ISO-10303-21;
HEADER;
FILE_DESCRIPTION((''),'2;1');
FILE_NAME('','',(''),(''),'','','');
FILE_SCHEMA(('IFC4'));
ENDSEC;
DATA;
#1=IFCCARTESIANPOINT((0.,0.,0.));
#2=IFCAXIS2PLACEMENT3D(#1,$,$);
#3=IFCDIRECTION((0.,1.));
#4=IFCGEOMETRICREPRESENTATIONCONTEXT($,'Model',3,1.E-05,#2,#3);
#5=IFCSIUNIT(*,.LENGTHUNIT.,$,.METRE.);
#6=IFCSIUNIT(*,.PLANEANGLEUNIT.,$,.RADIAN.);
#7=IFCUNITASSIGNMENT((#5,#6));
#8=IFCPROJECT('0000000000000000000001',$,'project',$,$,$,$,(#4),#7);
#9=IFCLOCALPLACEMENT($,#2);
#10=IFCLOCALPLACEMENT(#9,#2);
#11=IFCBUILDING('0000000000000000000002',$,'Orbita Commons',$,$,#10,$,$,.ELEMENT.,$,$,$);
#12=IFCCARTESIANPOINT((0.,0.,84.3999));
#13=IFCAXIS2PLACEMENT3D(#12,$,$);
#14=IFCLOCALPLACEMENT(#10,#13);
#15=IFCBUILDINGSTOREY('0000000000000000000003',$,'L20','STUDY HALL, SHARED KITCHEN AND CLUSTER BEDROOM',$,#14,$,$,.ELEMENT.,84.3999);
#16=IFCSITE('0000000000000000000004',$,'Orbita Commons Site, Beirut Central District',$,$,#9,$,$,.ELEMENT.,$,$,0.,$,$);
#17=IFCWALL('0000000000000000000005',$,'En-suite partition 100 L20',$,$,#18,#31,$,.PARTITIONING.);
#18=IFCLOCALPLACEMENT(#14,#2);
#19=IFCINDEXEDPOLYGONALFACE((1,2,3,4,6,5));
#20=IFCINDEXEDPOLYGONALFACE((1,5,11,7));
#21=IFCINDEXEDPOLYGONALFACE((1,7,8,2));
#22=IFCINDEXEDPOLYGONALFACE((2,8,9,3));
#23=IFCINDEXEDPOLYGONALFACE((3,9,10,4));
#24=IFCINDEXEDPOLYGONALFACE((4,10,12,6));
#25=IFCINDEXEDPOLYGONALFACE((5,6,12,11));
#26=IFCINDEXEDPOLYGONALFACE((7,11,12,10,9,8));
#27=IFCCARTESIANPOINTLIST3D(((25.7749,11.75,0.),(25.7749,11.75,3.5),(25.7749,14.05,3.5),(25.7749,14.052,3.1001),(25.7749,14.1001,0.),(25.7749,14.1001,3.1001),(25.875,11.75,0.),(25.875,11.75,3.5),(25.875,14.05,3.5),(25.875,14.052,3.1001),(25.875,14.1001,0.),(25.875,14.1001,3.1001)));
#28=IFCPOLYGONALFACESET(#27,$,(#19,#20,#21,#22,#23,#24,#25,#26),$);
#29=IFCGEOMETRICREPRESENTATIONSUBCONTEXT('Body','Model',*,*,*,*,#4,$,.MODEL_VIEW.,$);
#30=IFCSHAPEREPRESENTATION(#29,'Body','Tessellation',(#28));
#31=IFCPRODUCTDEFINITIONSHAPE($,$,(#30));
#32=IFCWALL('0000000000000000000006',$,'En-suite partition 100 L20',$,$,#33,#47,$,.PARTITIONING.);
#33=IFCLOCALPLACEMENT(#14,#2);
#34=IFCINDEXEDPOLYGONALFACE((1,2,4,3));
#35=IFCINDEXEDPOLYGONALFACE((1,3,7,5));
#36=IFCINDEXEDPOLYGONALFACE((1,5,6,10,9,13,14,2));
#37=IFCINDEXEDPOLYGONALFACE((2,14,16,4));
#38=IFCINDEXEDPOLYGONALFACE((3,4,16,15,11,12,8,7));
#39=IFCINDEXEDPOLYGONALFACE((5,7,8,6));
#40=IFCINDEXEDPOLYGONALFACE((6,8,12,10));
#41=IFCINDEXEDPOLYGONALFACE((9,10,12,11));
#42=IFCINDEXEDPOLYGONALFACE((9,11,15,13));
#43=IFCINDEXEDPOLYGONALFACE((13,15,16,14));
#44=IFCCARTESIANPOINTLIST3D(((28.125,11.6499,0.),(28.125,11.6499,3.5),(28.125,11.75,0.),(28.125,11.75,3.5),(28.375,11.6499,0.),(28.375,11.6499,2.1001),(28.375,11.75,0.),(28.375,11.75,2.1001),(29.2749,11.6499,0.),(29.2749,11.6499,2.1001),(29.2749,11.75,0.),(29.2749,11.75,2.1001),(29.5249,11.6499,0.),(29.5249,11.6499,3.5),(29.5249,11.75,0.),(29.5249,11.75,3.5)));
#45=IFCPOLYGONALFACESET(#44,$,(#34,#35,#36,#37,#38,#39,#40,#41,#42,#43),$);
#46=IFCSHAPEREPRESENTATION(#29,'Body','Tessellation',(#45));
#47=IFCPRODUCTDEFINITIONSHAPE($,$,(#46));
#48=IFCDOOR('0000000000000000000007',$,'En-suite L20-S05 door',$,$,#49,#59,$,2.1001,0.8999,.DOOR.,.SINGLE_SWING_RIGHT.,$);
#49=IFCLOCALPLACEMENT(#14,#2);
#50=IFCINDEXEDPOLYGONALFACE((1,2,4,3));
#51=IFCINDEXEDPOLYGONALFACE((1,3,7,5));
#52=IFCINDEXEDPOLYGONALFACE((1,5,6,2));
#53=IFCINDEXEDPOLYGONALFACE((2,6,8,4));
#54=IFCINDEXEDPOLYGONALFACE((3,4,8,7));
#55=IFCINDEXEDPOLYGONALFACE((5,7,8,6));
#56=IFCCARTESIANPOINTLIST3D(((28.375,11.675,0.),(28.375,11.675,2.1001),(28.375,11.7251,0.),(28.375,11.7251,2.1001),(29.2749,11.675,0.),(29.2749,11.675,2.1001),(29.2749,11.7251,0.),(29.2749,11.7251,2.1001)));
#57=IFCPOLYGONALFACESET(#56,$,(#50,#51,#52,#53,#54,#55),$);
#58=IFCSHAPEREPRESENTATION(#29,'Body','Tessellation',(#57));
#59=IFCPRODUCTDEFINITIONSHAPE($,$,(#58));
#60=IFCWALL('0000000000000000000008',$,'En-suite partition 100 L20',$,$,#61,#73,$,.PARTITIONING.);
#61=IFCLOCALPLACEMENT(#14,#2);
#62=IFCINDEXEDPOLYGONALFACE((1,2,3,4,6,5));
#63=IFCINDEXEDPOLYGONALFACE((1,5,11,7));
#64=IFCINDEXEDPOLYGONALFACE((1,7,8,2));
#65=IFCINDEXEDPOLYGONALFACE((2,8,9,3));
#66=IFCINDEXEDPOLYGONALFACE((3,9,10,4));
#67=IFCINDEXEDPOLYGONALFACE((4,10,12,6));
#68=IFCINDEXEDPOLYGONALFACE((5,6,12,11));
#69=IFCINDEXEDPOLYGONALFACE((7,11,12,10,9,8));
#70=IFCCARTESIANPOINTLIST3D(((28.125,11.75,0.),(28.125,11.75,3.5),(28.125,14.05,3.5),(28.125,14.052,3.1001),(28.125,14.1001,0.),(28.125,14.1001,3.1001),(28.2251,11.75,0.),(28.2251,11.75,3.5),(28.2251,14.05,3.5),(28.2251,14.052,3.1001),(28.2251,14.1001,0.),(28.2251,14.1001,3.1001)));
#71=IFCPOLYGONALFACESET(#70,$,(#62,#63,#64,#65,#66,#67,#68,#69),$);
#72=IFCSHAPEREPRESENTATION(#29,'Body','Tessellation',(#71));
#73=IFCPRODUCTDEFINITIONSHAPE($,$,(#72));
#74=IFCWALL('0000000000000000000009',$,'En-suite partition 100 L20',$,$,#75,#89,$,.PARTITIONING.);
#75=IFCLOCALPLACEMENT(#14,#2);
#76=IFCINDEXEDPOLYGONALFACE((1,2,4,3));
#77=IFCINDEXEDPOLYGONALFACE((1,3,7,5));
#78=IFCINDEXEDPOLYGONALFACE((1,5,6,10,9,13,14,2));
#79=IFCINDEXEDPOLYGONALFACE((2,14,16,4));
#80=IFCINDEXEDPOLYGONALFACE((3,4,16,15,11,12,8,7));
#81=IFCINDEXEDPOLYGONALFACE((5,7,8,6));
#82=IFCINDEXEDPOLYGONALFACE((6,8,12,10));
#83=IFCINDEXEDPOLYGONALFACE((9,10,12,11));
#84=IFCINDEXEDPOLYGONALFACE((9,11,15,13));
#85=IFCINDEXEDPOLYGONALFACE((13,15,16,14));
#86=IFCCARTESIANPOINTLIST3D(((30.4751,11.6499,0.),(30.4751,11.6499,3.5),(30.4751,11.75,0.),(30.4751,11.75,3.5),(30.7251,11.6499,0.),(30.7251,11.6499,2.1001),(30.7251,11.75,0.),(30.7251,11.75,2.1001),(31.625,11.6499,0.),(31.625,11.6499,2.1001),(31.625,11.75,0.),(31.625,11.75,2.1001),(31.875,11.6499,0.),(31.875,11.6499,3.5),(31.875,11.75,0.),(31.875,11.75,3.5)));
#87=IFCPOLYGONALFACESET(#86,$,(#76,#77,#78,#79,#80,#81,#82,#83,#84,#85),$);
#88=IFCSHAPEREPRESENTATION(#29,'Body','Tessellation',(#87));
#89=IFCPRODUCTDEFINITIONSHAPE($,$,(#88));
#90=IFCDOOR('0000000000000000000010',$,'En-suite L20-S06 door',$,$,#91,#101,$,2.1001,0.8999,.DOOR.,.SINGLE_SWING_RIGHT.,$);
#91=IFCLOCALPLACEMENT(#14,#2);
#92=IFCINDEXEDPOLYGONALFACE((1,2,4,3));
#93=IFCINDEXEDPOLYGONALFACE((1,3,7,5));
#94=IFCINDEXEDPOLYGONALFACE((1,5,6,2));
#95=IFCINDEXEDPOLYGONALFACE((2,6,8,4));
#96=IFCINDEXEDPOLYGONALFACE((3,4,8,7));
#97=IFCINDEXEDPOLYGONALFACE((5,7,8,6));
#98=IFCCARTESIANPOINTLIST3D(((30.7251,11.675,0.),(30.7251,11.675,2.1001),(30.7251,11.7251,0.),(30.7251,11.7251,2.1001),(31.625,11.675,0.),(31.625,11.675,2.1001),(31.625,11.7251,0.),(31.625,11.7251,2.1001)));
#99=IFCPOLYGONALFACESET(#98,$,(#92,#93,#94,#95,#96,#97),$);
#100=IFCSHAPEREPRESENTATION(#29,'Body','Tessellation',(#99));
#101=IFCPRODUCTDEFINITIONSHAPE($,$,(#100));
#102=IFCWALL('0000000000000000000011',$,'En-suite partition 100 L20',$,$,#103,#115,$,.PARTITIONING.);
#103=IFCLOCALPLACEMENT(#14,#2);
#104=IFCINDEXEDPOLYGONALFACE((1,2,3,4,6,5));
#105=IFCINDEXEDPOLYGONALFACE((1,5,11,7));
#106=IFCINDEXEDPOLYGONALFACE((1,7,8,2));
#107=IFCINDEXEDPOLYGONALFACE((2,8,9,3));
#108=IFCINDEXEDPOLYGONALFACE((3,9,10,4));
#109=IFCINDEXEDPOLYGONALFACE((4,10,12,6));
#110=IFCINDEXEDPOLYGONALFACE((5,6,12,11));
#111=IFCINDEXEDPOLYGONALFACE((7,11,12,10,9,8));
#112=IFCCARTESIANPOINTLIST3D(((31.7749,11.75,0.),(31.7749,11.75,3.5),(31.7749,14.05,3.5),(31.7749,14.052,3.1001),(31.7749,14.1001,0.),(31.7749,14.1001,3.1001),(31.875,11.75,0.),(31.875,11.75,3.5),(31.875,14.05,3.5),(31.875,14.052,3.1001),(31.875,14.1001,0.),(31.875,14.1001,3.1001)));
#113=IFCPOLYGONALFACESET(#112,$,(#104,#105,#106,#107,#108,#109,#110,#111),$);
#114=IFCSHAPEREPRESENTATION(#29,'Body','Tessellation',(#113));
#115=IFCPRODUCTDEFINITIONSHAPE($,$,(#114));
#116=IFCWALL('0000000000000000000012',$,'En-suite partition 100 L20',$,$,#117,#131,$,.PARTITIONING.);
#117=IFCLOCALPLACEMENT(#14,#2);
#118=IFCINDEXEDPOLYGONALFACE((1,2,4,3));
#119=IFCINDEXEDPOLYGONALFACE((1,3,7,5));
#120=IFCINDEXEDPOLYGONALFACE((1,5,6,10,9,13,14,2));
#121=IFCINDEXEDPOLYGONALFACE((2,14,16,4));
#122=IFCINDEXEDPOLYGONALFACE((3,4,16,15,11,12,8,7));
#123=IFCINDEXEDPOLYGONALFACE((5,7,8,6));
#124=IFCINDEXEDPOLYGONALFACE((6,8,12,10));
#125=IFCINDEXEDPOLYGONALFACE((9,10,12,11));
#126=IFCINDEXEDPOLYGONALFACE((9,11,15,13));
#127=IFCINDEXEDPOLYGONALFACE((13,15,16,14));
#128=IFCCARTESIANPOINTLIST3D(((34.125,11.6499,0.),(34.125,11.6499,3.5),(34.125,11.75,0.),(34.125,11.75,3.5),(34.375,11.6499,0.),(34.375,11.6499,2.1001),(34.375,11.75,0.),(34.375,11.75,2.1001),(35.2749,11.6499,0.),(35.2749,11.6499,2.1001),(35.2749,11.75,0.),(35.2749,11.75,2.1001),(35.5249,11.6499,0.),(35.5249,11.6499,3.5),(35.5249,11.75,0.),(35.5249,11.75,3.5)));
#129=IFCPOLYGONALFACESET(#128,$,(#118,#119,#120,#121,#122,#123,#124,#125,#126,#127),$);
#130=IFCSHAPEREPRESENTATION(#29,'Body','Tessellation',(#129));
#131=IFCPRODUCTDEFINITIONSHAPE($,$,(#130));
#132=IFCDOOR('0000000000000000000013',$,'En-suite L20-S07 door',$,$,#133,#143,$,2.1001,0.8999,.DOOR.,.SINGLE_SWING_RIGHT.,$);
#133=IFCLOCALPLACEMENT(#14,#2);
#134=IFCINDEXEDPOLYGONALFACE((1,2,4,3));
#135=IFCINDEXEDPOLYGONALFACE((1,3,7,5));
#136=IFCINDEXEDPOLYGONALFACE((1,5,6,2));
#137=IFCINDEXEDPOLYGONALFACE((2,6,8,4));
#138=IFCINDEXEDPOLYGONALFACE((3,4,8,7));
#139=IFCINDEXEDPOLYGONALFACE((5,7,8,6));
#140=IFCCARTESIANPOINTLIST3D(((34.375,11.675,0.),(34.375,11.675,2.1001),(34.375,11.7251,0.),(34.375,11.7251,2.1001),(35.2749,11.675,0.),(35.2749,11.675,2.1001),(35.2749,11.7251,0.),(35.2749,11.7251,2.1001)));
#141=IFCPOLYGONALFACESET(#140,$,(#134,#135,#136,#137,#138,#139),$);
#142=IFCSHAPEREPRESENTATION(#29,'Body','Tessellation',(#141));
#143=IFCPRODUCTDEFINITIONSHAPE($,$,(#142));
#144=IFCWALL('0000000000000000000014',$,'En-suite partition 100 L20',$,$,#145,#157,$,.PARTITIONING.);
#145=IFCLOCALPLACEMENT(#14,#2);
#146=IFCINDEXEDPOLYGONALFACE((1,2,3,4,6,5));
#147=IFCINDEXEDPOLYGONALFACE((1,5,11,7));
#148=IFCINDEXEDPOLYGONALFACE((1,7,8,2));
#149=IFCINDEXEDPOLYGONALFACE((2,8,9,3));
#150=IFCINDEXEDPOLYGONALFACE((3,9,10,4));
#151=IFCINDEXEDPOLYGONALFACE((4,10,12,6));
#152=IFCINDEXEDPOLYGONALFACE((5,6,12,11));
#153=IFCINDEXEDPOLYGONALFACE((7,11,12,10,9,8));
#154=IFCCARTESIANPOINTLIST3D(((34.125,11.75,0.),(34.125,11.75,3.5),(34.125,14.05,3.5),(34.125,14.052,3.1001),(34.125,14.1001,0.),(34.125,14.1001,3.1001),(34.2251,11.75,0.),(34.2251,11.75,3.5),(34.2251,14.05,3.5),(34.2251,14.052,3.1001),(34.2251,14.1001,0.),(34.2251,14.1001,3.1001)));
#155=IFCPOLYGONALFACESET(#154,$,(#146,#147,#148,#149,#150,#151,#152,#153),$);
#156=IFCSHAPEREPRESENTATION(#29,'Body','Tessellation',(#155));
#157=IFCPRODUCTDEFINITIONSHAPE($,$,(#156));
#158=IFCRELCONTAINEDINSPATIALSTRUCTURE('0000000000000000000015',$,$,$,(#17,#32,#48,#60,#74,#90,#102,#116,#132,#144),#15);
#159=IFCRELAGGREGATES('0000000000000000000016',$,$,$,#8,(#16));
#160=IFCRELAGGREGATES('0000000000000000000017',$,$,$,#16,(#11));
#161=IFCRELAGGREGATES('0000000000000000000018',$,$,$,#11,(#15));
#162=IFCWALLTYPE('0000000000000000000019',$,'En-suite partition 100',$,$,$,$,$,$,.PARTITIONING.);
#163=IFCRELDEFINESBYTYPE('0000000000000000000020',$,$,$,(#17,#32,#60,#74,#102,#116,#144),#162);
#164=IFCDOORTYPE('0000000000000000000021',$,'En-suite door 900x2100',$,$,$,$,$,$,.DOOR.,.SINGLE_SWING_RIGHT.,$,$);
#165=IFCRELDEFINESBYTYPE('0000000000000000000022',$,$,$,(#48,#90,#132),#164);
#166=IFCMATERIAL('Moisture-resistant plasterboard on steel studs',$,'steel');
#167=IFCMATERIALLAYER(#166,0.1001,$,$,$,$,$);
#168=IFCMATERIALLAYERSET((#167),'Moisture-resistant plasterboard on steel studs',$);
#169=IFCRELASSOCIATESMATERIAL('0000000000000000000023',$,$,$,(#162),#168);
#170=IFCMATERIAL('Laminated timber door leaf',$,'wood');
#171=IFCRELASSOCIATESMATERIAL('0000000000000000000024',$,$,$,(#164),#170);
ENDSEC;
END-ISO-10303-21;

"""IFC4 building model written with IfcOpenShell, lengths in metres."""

from ifc_helpers import new_model, si_unit, direction, frame, frame_2d, origin, place, context, subcontext, project, spatial, polyline, rectangle, outline, extrude, material, layer, layer_set, type_object, element, fill, save


model = new_model("IFC4")

# Units and contexts
model_context = context("Model", 3, precision=1e-05, world=origin(), true_north=direction((0.0, 1.0)))
body_context = subcontext(model_context, "Body", "Model", "MODEL_VIEW")
ifc_project = project(units=[si_unit("LENGTHUNIT", "METRE"), si_unit("PLANEANGLEUNIT", "RADIAN")], contexts=[model_context])

# Site, building, storey
site_placement = place(None, origin())
site = spatial("IfcSite", under=ifc_project, at=site_placement, Name="Orbita Commons Site, Beirut Central District", CompositionType="ELEMENT", RefElevation=0.0)
building_placement = place(site_placement, origin())
building = spatial("IfcBuilding", under=site, at=building_placement, Name="Orbita Commons", CompositionType="ELEMENT")
storey_placement = place(building_placement, frame((0.0, 0.0, 84.3999)))
storey = spatial("IfcBuildingStorey", under=building, at=storey_placement, Name="L20", Description="STUDY HALL, SHARED KITCHEN AND CLUSTER BEDROOM", CompositionType="ELEMENT", Elevation=84.3999)

# Shared definitions
ifc_material_1 = material(Name="Moisture-resistant plasterboard on steel studs", Category="steel")
ifc_layer = layer(ifc_material_1, 0.1001)
ifc_layer_set = layer_set([ifc_layer], Name="Moisture-resistant plasterboard on steel studs")
wall_type = type_object("IfcWallType", Name="En-suite partition 100", PredefinedType="PARTITIONING", material=ifc_layer_set)
ifc_material_2 = material(Name="Laminated timber door leaf", Category="wood")
door_type = type_object("IfcDoorType", Name="En-suite door 900x2100", OperationType="SINGLE_SWING_RIGHT", PredefinedType="DOOR", material=ifc_material_2)

# Wall
wall_1_placement = place(storey_placement, frame((25.825, 11.75, 0.0), z_axis=(0.0, 0.0, 1.0), x_axis=(0.0, 1.0, 0.0)))
element("IfcWall", 1, at=wall_1_placement, inside=storey, type_object=wall_type, Name="En-suite partition 100 L20", PredefinedType="PARTITIONING", context=body_context, shape_type="SweptSolid", body=[
    extrude(outline(polyline([(0.0, 0.0), (2.3501, 0.0), (2.3501, 3.1001), (2.302, 3.1001), (2.3, 3.5), (0.0, 3.5), (0.0, 0.0)])), frame((0.0, 0.05, 0.0), z_axis=(0.0, -1.0, 0.0), x_axis=(1.0, 0.0, 0.0)), (0.0, 0.0, 1.0), 0.1001),
])

# Wall, opening, door
wall_2_placement = place(storey_placement, frame((29.5249, 11.7, 0.0), z_axis=(0.0, 0.0, 1.0), x_axis=(-1.0, 0.0, 0.0)))
wall_2 = element("IfcWall", 2, at=wall_2_placement, inside=storey, type_object=wall_type, Name="En-suite partition 100 L20", PredefinedType="PARTITIONING", context=body_context, shape_type="SweptSolid", body=[
    extrude(rectangle(XDim=1.3999, YDim=0.1001, at=frame_2d((0.7, 0.0))), origin(), (0.0, 0.0, 1.0), 3.5),
])
opening_1_placement = place(wall_2_placement, frame((0.25, 0.0, 0.0)))
opening_1 = element("IfcOpeningElement", 3, at=opening_1_placement, cuts=wall_2, PredefinedType="OPENING", context=body_context, shape_type="SweptSolid", body=[
    extrude(rectangle(XDim=0.8999, YDim=2.1001, at=frame_2d((0.45, 1.05))), frame((0.0, 0.0601, 0.0), z_axis=(0.0, -1.0, 0.0), x_axis=(1.0, 0.0, 0.0)), (0.0, 0.0, 1.0), 0.1201),
])
door_1_placement = place(opening_1_placement, origin())
door_1 = element("IfcDoor", 4, at=door_1_placement, inside=storey, type_object=door_type, Name="En-suite L20-S05 door", OperationType="SINGLE_SWING_RIGHT", OverallHeight=2.1001, OverallWidth=0.8999, PredefinedType="DOOR", context=body_context, shape_type="SweptSolid", body=[
    extrude(rectangle(XDim=0.8999, YDim=2.1001, at=frame_2d((0.45, 1.05))), frame((0.0, 0.0249, 0.0), z_axis=(0.0, -1.0, 0.0), x_axis=(1.0, 0.0, 0.0)), (0.0, 0.0, 1.0), 0.05),
])
fill(opening_1, door_1)

# Wall
wall_3_placement = place(storey_placement, frame((28.175, 11.75, 0.0), z_axis=(0.0, 0.0, 1.0), x_axis=(0.0, 1.0, 0.0)))
element("IfcWall", 5, at=wall_3_placement, inside=storey, type_object=wall_type, Name="En-suite partition 100 L20", PredefinedType="PARTITIONING", context=body_context, shape_type="SweptSolid", body=[
    extrude(outline(polyline([(0.0, 0.0), (2.3501, 0.0), (2.3501, 3.1001), (2.302, 3.1001), (2.3, 3.5), (0.0, 3.5), (0.0, 0.0)])), frame((0.0, 0.05, 0.0), z_axis=(0.0, -1.0, 0.0), x_axis=(1.0, 0.0, 0.0)), (0.0, 0.0, 1.0), 0.1001),
])

# Wall, opening, door
wall_4_placement = place(storey_placement, frame((31.875, 11.7, 0.0), z_axis=(0.0, 0.0, 1.0), x_axis=(-1.0, 0.0, 0.0)))
wall_4 = element("IfcWall", 6, at=wall_4_placement, inside=storey, type_object=wall_type, Name="En-suite partition 100 L20", PredefinedType="PARTITIONING", context=body_context, shape_type="SweptSolid", body=[
    extrude(rectangle(XDim=1.3999, YDim=0.1001, at=frame_2d((0.7, 0.0))), origin(), (0.0, 0.0, 1.0), 3.5),
])
opening_2_placement = place(wall_4_placement, frame((0.25, 0.0, 0.0)))
opening_2 = element("IfcOpeningElement", 7, at=opening_2_placement, cuts=wall_4, PredefinedType="OPENING", context=body_context, shape_type="SweptSolid", body=[
    extrude(rectangle(XDim=0.8999, YDim=2.1001, at=frame_2d((0.45, 1.05))), frame((0.0, 0.0601, 0.0), z_axis=(0.0, -1.0, 0.0), x_axis=(1.0, 0.0, 0.0)), (0.0, 0.0, 1.0), 0.1201),
])
door_2_placement = place(opening_2_placement, origin())
door_2 = element("IfcDoor", 8, at=door_2_placement, inside=storey, type_object=door_type, Name="En-suite L20-S06 door", OperationType="SINGLE_SWING_RIGHT", OverallHeight=2.1001, OverallWidth=0.8999, PredefinedType="DOOR", context=body_context, shape_type="SweptSolid", body=[
    extrude(rectangle(XDim=0.8999, YDim=2.1001, at=frame_2d((0.45, 1.05))), frame((0.0, 0.0249, 0.0), z_axis=(0.0, -1.0, 0.0), x_axis=(1.0, 0.0, 0.0)), (0.0, 0.0, 1.0), 0.05),
])
fill(opening_2, door_2)

# Wall
wall_5_placement = place(storey_placement, frame((31.825, 11.75, 0.0), z_axis=(0.0, 0.0, 1.0), x_axis=(0.0, 1.0, 0.0)))
element("IfcWall", 9, at=wall_5_placement, inside=storey, type_object=wall_type, Name="En-suite partition 100 L20", PredefinedType="PARTITIONING", context=body_context, shape_type="SweptSolid", body=[
    extrude(outline(polyline([(0.0, 0.0), (2.3501, 0.0), (2.3501, 3.1001), (2.302, 3.1001), (2.3, 3.5), (0.0, 3.5), (0.0, 0.0)])), frame((0.0, 0.05, 0.0), z_axis=(0.0, -1.0, 0.0), x_axis=(1.0, 0.0, 0.0)), (0.0, 0.0, 1.0), 0.1001),
])

# Wall, opening, door
wall_6_placement = place(storey_placement, frame((35.5249, 11.7, 0.0), z_axis=(0.0, 0.0, 1.0), x_axis=(-1.0, 0.0, 0.0)))
wall_6 = element("IfcWall", 10, at=wall_6_placement, inside=storey, type_object=wall_type, Name="En-suite partition 100 L20", PredefinedType="PARTITIONING", context=body_context, shape_type="SweptSolid", body=[
    extrude(rectangle(XDim=1.3999, YDim=0.1001, at=frame_2d((0.7, 0.0))), origin(), (0.0, 0.0, 1.0), 3.5),
])
opening_3_placement = place(wall_6_placement, frame((0.25, 0.0, 0.0)))
opening_3 = element("IfcOpeningElement", 11, at=opening_3_placement, cuts=wall_6, PredefinedType="OPENING", context=body_context, shape_type="SweptSolid", body=[
    extrude(rectangle(XDim=0.8999, YDim=2.1001, at=frame_2d((0.45, 1.05))), frame((0.0, 0.0601, 0.0), z_axis=(0.0, -1.0, 0.0), x_axis=(1.0, 0.0, 0.0)), (0.0, 0.0, 1.0), 0.1201),
])
door_3_placement = place(opening_3_placement, origin())
door_3 = element("IfcDoor", 12, at=door_3_placement, inside=storey, type_object=door_type, Name="En-suite L20-S07 door", OperationType="SINGLE_SWING_RIGHT", OverallHeight=2.1001, OverallWidth=0.8999, PredefinedType="DOOR", context=body_context, shape_type="SweptSolid", body=[
    extrude(rectangle(XDim=0.8999, YDim=2.1001, at=frame_2d((0.45, 1.05))), frame((0.0, 0.0249, 0.0), z_axis=(0.0, -1.0, 0.0), x_axis=(1.0, 0.0, 0.0)), (0.0, 0.0, 1.0), 0.05),
])
fill(opening_3, door_3)

# Wall
wall_7_placement = place(storey_placement, frame((34.175, 11.75, 0.0), z_axis=(0.0, 0.0, 1.0), x_axis=(0.0, 1.0, 0.0)))
element("IfcWall", 13, at=wall_7_placement, inside=storey, type_object=wall_type, Name="En-suite partition 100 L20", PredefinedType="PARTITIONING", context=body_context, shape_type="SweptSolid", body=[
    extrude(outline(polyline([(0.0, 0.0), (2.3501, 0.0), (2.3501, 3.1001), (2.302, 3.1001), (2.3, 3.5), (0.0, 3.5), (0.0, 0.0)])), frame((0.0, 0.05, 0.0), z_axis=(0.0, -1.0, 0.0), x_axis=(1.0, 0.0, 0.0)), (0.0, 0.0, 1.0), 0.1001),
])

save(model, "model.ifc")
